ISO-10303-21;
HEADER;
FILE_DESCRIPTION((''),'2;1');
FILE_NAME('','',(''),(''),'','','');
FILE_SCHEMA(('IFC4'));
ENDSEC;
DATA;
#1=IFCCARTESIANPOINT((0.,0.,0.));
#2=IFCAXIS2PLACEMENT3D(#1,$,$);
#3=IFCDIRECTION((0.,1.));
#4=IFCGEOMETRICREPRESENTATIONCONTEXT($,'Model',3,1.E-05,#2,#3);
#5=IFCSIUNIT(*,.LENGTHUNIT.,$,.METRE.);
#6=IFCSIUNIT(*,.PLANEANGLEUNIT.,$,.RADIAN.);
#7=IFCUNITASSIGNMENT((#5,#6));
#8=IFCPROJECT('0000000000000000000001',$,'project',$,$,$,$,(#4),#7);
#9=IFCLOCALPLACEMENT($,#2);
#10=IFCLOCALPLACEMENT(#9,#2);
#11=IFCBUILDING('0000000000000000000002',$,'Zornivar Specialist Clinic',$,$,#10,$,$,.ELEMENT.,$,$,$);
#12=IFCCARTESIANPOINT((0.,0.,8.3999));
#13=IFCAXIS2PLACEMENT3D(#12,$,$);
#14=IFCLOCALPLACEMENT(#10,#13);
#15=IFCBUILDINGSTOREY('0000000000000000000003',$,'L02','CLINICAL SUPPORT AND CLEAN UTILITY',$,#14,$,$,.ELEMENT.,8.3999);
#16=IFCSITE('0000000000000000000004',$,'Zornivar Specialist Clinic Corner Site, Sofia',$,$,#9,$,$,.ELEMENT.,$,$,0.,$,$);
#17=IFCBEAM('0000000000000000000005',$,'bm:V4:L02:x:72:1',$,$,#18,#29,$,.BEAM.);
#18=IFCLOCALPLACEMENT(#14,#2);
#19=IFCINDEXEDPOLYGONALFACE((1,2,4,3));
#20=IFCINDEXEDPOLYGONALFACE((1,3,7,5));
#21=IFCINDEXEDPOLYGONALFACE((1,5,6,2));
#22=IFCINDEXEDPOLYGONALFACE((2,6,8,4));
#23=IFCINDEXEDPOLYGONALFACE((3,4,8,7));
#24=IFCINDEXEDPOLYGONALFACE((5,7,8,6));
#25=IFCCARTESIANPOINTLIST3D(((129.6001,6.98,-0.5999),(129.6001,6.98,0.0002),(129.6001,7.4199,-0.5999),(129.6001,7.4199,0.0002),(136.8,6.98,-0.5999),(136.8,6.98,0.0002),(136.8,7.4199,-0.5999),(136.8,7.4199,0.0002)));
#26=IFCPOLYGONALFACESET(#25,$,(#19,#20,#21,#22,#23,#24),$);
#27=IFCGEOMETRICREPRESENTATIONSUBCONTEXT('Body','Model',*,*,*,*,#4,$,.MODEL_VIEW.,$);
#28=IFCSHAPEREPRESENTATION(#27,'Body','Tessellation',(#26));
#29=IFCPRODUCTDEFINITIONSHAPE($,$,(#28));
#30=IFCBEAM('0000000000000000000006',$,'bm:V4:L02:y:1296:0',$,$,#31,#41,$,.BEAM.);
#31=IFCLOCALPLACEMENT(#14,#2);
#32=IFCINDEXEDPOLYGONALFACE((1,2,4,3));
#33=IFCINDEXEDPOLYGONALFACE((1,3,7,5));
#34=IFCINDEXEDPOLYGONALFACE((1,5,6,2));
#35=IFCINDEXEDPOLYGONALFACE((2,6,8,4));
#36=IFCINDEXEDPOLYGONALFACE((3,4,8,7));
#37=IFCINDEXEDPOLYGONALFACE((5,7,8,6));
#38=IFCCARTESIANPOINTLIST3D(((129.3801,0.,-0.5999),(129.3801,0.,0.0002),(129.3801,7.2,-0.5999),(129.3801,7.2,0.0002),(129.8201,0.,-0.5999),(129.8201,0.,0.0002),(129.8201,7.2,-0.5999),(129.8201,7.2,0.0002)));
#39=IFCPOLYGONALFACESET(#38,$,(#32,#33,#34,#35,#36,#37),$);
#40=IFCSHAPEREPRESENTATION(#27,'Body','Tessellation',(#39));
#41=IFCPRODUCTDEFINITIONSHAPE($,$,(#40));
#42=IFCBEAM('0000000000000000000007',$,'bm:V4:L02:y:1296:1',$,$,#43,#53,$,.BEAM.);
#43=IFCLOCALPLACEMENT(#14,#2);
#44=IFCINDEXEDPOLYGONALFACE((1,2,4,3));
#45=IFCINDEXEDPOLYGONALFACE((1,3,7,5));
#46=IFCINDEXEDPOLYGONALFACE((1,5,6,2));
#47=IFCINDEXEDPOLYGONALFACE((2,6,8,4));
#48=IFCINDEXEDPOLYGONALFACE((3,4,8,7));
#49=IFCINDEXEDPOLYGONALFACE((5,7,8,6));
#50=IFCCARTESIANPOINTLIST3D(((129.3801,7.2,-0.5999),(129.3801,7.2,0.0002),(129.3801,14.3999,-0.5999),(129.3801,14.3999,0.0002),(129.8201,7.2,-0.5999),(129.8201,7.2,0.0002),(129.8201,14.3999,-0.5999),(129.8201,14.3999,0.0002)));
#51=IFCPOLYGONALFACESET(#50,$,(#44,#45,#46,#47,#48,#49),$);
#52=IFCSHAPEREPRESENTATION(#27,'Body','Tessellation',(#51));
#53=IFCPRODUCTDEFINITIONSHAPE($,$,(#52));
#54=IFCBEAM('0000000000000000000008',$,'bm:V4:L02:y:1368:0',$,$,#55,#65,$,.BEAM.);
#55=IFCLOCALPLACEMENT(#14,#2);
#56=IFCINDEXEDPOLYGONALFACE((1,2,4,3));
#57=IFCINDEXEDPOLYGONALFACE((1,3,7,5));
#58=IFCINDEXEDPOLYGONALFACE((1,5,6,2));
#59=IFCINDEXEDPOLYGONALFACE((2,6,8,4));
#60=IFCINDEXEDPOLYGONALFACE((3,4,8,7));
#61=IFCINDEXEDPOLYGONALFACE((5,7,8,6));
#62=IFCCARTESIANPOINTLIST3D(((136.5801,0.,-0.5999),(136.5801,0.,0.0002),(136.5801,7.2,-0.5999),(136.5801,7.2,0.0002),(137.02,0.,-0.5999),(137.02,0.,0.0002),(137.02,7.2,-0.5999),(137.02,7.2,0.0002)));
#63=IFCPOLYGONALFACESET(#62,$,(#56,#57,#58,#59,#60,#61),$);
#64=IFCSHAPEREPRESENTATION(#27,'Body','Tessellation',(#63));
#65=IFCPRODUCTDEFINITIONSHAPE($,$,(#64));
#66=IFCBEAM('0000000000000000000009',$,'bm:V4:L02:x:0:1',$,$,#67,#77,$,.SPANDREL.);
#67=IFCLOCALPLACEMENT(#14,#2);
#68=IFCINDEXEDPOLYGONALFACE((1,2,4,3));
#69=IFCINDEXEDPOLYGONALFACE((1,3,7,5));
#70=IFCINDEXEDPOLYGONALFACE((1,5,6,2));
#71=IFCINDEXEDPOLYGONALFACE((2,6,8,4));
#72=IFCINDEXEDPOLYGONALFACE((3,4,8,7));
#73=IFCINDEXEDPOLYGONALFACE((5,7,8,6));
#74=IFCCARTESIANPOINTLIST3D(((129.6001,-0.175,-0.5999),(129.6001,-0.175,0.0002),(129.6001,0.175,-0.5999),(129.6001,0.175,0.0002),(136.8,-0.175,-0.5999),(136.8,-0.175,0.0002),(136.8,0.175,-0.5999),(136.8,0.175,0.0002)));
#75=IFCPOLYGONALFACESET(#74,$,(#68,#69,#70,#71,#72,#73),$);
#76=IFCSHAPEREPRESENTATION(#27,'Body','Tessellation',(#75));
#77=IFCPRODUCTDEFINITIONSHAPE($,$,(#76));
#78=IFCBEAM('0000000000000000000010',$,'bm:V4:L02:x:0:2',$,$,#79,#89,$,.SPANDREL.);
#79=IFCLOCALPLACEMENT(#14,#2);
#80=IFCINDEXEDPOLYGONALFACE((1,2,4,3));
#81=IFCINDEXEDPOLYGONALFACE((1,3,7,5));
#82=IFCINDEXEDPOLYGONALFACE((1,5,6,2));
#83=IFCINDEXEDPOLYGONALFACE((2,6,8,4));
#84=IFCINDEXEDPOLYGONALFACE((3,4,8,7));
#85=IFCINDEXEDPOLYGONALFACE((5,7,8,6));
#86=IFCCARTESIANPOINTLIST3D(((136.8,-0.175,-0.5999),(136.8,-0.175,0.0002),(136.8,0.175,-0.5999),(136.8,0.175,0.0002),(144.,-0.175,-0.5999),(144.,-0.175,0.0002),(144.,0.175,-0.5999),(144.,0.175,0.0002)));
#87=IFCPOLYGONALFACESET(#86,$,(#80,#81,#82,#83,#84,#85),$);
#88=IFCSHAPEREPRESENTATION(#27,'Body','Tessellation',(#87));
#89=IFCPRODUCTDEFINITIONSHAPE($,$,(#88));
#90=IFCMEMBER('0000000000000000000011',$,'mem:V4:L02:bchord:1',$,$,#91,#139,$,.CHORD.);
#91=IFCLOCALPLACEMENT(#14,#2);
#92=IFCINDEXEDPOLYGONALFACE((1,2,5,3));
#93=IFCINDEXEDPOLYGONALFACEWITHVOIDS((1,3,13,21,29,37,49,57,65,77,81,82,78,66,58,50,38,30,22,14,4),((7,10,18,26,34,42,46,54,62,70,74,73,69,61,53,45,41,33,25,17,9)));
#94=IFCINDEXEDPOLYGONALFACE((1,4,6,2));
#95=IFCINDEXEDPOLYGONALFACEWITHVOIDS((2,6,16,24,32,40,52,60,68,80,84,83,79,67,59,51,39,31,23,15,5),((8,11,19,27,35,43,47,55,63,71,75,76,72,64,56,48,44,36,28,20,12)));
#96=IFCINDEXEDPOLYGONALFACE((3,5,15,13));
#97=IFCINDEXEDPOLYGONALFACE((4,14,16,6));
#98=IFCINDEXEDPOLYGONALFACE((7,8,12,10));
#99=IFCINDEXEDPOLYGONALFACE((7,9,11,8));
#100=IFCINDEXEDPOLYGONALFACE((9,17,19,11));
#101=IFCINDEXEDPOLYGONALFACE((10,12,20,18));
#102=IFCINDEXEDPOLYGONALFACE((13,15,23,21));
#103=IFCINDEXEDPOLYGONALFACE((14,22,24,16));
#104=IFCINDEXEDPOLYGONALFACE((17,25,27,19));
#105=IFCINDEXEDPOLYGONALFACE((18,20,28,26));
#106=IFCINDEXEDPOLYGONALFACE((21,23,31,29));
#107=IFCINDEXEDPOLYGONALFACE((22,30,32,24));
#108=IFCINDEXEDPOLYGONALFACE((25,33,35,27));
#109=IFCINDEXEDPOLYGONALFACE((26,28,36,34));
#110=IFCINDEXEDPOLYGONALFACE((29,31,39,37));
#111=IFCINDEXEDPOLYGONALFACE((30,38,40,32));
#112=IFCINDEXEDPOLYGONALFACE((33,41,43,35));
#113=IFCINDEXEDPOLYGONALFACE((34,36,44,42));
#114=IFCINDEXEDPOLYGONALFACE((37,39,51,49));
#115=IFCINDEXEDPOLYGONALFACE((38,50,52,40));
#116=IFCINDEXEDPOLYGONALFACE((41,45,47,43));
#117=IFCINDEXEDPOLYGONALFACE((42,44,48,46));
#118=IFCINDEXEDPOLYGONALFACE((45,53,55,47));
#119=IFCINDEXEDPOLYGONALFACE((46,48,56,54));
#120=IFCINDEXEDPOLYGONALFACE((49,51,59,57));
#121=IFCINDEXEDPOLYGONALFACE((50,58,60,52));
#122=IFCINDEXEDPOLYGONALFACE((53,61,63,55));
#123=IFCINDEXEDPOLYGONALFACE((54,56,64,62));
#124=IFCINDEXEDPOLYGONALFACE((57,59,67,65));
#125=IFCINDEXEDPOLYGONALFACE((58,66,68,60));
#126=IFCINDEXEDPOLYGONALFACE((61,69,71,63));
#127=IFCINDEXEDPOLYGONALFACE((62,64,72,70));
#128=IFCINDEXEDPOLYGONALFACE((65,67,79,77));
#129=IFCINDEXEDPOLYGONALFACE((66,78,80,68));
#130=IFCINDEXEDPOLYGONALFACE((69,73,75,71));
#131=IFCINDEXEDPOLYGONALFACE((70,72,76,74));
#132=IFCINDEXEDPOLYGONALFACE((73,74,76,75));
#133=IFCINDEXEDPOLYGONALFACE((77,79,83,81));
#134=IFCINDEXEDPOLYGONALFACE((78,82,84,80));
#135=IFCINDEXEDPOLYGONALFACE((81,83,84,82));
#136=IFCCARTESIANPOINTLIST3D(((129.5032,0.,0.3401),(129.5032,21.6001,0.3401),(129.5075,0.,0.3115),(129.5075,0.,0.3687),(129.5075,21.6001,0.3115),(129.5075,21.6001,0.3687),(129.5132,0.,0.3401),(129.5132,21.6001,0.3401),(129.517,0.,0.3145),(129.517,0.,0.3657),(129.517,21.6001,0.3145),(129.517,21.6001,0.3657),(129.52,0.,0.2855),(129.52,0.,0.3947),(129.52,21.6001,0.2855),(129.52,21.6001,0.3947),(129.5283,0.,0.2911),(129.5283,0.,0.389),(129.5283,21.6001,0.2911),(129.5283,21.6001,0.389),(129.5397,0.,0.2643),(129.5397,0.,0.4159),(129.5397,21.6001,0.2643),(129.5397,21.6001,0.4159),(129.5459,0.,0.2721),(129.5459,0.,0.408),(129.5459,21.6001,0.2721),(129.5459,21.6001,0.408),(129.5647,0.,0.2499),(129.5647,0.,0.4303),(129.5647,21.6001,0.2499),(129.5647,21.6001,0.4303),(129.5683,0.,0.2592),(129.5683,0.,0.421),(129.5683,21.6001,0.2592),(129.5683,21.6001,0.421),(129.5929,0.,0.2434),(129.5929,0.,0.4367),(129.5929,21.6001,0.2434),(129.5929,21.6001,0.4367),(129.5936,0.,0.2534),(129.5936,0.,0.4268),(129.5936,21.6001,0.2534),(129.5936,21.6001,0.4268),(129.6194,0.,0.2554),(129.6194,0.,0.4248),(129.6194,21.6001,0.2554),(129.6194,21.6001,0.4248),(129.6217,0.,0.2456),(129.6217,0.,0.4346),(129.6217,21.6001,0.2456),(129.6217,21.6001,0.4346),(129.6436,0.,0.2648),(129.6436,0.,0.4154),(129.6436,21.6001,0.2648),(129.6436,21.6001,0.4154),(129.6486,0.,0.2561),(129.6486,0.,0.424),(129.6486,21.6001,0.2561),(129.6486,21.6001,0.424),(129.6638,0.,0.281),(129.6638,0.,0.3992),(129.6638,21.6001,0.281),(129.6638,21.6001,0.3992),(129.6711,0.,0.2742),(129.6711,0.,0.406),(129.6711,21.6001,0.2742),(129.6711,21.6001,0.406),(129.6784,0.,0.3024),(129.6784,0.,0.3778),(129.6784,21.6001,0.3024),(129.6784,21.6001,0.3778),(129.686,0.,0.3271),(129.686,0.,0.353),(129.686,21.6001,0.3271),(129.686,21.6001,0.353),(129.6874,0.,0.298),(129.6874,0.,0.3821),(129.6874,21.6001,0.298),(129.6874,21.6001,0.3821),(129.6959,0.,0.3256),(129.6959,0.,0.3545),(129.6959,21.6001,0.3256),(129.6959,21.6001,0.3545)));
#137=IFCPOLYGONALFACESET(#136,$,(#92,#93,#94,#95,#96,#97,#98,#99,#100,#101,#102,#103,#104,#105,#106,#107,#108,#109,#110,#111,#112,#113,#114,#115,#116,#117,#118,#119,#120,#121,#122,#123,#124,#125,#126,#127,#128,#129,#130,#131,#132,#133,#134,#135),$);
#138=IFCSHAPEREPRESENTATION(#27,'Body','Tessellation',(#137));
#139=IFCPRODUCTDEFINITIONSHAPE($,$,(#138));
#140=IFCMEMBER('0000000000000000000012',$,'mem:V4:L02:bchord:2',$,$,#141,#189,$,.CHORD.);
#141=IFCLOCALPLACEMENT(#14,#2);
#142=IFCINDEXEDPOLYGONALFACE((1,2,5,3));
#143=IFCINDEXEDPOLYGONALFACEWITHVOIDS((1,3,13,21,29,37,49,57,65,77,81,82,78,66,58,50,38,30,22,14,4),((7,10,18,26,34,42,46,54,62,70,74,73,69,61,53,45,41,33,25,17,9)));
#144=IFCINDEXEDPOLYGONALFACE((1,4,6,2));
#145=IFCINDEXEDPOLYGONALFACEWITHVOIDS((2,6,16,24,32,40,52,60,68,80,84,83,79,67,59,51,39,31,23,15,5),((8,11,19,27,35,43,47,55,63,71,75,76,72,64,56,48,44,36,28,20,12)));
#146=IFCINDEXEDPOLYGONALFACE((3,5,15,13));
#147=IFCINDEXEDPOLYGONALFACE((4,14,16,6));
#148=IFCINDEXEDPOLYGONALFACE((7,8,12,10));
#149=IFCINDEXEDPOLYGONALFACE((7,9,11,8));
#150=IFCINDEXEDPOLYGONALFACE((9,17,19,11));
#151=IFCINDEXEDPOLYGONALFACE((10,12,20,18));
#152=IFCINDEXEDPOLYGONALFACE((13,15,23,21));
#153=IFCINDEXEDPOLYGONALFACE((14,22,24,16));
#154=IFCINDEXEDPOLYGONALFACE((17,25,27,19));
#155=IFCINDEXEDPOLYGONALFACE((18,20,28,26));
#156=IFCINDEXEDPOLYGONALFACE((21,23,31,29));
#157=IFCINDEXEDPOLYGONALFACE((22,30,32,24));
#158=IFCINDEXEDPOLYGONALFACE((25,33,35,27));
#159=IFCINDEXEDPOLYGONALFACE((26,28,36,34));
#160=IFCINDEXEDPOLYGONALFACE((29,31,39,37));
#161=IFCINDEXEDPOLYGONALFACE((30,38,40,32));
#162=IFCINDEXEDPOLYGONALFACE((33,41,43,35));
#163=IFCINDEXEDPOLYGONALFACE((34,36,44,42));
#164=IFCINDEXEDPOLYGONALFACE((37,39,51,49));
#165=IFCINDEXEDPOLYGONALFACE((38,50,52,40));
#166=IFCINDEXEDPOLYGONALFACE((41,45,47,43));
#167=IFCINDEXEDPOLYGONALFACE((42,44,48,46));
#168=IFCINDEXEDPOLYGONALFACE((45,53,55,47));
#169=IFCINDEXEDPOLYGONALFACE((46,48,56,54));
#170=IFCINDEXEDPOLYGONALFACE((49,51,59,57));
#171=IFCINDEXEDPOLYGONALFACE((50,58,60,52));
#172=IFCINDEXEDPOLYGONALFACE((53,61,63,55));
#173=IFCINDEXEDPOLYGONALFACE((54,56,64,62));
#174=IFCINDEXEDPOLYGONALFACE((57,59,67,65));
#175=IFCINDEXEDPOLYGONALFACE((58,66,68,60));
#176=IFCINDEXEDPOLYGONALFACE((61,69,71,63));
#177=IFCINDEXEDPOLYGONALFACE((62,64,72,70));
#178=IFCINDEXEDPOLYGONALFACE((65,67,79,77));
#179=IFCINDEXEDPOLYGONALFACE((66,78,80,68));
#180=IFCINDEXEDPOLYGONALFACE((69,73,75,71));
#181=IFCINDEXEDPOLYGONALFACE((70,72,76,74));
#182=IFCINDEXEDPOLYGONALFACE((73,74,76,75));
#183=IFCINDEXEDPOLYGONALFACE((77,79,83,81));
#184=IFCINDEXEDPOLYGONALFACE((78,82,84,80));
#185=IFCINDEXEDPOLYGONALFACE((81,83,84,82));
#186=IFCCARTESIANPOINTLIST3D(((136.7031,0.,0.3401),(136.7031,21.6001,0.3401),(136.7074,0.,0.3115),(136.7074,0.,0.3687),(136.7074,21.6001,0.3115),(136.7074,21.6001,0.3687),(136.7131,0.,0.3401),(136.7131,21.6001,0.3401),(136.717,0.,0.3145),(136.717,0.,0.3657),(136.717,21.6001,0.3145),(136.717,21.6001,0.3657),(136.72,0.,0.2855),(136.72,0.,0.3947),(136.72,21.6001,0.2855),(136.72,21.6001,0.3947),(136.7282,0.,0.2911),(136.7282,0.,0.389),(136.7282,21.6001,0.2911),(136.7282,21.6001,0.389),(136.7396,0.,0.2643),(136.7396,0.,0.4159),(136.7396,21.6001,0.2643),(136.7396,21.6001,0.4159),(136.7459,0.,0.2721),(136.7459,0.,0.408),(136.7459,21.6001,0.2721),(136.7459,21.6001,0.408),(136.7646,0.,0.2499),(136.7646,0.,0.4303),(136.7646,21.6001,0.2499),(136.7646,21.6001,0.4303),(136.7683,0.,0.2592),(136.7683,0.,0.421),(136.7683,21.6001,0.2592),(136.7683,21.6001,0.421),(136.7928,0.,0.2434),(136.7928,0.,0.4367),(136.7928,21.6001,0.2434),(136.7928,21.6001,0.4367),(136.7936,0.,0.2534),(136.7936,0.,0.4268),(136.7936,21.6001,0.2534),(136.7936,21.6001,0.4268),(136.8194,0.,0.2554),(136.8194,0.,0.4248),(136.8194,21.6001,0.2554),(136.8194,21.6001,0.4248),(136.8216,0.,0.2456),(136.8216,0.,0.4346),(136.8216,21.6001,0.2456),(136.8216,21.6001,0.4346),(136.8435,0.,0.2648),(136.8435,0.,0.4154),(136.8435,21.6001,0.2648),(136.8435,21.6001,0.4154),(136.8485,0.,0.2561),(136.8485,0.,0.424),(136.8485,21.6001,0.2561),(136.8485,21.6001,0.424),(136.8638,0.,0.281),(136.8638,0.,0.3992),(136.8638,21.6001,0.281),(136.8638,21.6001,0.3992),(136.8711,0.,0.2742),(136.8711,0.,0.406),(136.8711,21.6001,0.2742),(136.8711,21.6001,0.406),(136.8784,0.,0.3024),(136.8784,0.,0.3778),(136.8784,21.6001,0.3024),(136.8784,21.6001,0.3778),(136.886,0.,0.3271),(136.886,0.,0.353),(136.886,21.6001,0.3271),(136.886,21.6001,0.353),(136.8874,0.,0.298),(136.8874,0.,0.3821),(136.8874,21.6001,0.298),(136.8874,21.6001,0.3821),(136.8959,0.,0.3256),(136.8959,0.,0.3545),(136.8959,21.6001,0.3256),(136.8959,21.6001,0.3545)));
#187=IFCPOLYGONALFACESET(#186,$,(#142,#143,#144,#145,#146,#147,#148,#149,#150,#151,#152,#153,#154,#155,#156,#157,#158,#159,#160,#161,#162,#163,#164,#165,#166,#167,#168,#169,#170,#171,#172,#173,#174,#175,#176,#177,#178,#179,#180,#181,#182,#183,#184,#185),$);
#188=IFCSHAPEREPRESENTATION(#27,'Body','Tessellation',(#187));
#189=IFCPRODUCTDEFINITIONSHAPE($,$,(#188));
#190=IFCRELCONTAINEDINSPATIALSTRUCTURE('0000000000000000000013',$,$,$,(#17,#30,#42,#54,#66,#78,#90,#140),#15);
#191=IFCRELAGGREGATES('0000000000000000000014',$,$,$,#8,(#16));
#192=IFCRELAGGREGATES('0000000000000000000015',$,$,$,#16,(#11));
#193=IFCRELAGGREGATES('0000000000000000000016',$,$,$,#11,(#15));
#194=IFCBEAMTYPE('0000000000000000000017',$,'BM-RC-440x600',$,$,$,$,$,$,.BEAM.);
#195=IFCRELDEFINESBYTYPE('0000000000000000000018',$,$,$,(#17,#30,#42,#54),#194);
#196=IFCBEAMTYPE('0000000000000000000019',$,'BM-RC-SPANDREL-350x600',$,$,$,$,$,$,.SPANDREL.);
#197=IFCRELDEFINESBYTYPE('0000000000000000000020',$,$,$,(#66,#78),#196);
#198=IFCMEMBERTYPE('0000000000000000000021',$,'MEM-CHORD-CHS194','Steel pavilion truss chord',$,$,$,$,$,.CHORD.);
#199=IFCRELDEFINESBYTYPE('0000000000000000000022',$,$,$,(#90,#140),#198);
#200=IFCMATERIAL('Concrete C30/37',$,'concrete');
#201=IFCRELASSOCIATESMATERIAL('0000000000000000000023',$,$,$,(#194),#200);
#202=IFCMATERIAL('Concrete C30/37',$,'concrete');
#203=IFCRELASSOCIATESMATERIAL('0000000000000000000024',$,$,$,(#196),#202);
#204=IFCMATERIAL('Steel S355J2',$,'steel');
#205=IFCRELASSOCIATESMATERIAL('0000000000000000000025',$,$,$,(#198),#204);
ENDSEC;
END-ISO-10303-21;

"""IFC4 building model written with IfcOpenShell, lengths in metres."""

from ifc_helpers import new_model, si_unit, direction, frame, origin, origin_2d, place, context, subcontext, project, spatial, rectangle, hollow_circle, extrude, material, material_profile, profile_set, type_object, element, save


model = new_model("IFC4")

# Units and contexts
model_context = context("Model", 3, precision=1e-05, world=origin(), true_north=direction((0.0, 1.0)))
body_context = subcontext(model_context, "Body", "Model", "MODEL_VIEW")
ifc_project = project(units=[si_unit("LENGTHUNIT", "METRE"), si_unit("PLANEANGLEUNIT", "RADIAN")], contexts=[model_context])

# Site, building, storey
site_placement = place(None, origin())
site = spatial("IfcSite", under=ifc_project, at=site_placement, Name="Zornivar Specialist Clinic Corner Site, Sofia", CompositionType="ELEMENT", RefElevation=0.0)
building_placement = place(site_placement, origin())
building = spatial("IfcBuilding", under=site, at=building_placement, Name="Zornivar Specialist Clinic", CompositionType="ELEMENT")
storey_placement = place(building_placement, frame((0.0, 0.0, 8.3999)))
storey = spatial("IfcBuildingStorey", under=building, at=storey_placement, Name="L02", Description="CLINICAL SUPPORT AND CLEAN UTILITY", CompositionType="ELEMENT", Elevation=8.3999)

# Beams
ifc_material_1 = material(Name="Concrete C30/37", Category="concrete")
ifc_material_profile_1 = material_profile(ifc_material_1, rectangle(XDim=0.4399, YDim=0.6001, at=origin_2d()), Name="RC 440x600")
ifc_profile_set_1 = profile_set([ifc_material_profile_1], Name="Concrete C30/37")
beam_type_1 = type_object("IfcBeamType", Name="BM-RC-440x600", PredefinedType="BEAM", material=ifc_profile_set_1)
for number, where, z_axis, x_axis, name in (
    (1, (129.6001, 7.2, -0.2998), (1.0, 0.0, 0.0), (0.0, 1.0, 0.0), "bm:V4:L02:x:72:1"),
    (2, (129.6001, 0.0, -0.2998), (0.0, 1.0, 0.0), (-1.0, 0.0, 0.0), "bm:V4:L02:y:1296:0"),
    (3, (129.6001, 7.2, -0.2998), (0.0, 1.0, 0.0), (-1.0, 0.0, 0.0), "bm:V4:L02:y:1296:1"),
    (4, (136.8, 0.0, -0.2998), (0.0, 1.0, 0.0), (-1.0, 0.0, 0.0), "bm:V4:L02:y:1368:0"),
):
    element("IfcBeam", number, at=place(storey_placement, frame(where, z_axis=z_axis, x_axis=x_axis)), inside=storey, type_object=beam_type_1, Name=name, PredefinedType="BEAM", context=body_context, shape_type="SweptSolid", body=[
        extrude(rectangle(XDim=0.4399, YDim=0.6001, at=origin_2d()), origin(), (0.0, 0.0, 1.0), 7.2),
    ])
ifc_material_2 = material(Name="Concrete C30/37", Category="concrete")
ifc_material_profile_2 = material_profile(ifc_material_2, rectangle(XDim=0.3501, YDim=0.6001, at=origin_2d()), Name="RC 350x600")
ifc_profile_set_2 = profile_set([ifc_material_profile_2], Name="Concrete C30/37")
beam_type_2 = type_object("IfcBeamType", Name="BM-RC-SPANDREL-350x600", PredefinedType="SPANDREL", material=ifc_profile_set_2)
for number, where, z_axis, x_axis, name in (
    (5, (129.6001, 0.0, -0.2998), (1.0, 0.0, 0.0), (0.0, 1.0, 0.0), "bm:V4:L02:x:0:1"),
    (6, (136.8, 0.0, -0.2998), (1.0, 0.0, 0.0), (0.0, 1.0, 0.0), "bm:V4:L02:x:0:2"),
):
    element("IfcBeam", number, at=place(storey_placement, frame(where, z_axis=z_axis, x_axis=x_axis)), inside=storey, type_object=beam_type_2, Name=name, PredefinedType="SPANDREL", context=body_context, shape_type="SweptSolid", body=[
        extrude(rectangle(XDim=0.3501, YDim=0.6001, at=origin_2d()), origin(), (0.0, 0.0, 1.0), 7.2),
    ])

# Members
ifc_material_3 = material(Name="Steel S355J2", Category="steel")
ifc_material_profile_3 = material_profile(ifc_material_3, hollow_circle(Radius=0.0969, WallThickness=0.01, at=origin_2d()), Name="CHS 193.7x10")
ifc_profile_set_3 = profile_set([ifc_material_profile_3], Name="Steel S355J2")
member_type_1 = type_object("IfcMemberType", Name="MEM-CHORD-CHS194", Description="Steel pavilion truss chord", PredefinedType="CHORD", material=ifc_profile_set_3)
for number, where, z_axis, x_axis, name in (
    (7, (129.6001, 0.0, 0.3401), (0.0, 1.0, 0.0), (-1.0, 0.0, 0.0), "mem:V4:L02:bchord:1"),
    (8, (136.8, 0.0, 0.3401), (0.0, 1.0, 0.0), (-1.0, 0.0, 0.0), "mem:V4:L02:bchord:2"),
):
    element("IfcMember", number, at=place(storey_placement, frame(where, z_axis=z_axis, x_axis=x_axis)), inside=storey, type_object=member_type_1, Name=name, PredefinedType="CHORD", context=body_context, shape_type="SweptSolid", body=[
        extrude(hollow_circle(Radius=0.0969, WallThickness=0.01, at=origin_2d()), origin(), (0.0, 0.0, 1.0), 21.6001),
    ])

save(model, "model.ifc")
